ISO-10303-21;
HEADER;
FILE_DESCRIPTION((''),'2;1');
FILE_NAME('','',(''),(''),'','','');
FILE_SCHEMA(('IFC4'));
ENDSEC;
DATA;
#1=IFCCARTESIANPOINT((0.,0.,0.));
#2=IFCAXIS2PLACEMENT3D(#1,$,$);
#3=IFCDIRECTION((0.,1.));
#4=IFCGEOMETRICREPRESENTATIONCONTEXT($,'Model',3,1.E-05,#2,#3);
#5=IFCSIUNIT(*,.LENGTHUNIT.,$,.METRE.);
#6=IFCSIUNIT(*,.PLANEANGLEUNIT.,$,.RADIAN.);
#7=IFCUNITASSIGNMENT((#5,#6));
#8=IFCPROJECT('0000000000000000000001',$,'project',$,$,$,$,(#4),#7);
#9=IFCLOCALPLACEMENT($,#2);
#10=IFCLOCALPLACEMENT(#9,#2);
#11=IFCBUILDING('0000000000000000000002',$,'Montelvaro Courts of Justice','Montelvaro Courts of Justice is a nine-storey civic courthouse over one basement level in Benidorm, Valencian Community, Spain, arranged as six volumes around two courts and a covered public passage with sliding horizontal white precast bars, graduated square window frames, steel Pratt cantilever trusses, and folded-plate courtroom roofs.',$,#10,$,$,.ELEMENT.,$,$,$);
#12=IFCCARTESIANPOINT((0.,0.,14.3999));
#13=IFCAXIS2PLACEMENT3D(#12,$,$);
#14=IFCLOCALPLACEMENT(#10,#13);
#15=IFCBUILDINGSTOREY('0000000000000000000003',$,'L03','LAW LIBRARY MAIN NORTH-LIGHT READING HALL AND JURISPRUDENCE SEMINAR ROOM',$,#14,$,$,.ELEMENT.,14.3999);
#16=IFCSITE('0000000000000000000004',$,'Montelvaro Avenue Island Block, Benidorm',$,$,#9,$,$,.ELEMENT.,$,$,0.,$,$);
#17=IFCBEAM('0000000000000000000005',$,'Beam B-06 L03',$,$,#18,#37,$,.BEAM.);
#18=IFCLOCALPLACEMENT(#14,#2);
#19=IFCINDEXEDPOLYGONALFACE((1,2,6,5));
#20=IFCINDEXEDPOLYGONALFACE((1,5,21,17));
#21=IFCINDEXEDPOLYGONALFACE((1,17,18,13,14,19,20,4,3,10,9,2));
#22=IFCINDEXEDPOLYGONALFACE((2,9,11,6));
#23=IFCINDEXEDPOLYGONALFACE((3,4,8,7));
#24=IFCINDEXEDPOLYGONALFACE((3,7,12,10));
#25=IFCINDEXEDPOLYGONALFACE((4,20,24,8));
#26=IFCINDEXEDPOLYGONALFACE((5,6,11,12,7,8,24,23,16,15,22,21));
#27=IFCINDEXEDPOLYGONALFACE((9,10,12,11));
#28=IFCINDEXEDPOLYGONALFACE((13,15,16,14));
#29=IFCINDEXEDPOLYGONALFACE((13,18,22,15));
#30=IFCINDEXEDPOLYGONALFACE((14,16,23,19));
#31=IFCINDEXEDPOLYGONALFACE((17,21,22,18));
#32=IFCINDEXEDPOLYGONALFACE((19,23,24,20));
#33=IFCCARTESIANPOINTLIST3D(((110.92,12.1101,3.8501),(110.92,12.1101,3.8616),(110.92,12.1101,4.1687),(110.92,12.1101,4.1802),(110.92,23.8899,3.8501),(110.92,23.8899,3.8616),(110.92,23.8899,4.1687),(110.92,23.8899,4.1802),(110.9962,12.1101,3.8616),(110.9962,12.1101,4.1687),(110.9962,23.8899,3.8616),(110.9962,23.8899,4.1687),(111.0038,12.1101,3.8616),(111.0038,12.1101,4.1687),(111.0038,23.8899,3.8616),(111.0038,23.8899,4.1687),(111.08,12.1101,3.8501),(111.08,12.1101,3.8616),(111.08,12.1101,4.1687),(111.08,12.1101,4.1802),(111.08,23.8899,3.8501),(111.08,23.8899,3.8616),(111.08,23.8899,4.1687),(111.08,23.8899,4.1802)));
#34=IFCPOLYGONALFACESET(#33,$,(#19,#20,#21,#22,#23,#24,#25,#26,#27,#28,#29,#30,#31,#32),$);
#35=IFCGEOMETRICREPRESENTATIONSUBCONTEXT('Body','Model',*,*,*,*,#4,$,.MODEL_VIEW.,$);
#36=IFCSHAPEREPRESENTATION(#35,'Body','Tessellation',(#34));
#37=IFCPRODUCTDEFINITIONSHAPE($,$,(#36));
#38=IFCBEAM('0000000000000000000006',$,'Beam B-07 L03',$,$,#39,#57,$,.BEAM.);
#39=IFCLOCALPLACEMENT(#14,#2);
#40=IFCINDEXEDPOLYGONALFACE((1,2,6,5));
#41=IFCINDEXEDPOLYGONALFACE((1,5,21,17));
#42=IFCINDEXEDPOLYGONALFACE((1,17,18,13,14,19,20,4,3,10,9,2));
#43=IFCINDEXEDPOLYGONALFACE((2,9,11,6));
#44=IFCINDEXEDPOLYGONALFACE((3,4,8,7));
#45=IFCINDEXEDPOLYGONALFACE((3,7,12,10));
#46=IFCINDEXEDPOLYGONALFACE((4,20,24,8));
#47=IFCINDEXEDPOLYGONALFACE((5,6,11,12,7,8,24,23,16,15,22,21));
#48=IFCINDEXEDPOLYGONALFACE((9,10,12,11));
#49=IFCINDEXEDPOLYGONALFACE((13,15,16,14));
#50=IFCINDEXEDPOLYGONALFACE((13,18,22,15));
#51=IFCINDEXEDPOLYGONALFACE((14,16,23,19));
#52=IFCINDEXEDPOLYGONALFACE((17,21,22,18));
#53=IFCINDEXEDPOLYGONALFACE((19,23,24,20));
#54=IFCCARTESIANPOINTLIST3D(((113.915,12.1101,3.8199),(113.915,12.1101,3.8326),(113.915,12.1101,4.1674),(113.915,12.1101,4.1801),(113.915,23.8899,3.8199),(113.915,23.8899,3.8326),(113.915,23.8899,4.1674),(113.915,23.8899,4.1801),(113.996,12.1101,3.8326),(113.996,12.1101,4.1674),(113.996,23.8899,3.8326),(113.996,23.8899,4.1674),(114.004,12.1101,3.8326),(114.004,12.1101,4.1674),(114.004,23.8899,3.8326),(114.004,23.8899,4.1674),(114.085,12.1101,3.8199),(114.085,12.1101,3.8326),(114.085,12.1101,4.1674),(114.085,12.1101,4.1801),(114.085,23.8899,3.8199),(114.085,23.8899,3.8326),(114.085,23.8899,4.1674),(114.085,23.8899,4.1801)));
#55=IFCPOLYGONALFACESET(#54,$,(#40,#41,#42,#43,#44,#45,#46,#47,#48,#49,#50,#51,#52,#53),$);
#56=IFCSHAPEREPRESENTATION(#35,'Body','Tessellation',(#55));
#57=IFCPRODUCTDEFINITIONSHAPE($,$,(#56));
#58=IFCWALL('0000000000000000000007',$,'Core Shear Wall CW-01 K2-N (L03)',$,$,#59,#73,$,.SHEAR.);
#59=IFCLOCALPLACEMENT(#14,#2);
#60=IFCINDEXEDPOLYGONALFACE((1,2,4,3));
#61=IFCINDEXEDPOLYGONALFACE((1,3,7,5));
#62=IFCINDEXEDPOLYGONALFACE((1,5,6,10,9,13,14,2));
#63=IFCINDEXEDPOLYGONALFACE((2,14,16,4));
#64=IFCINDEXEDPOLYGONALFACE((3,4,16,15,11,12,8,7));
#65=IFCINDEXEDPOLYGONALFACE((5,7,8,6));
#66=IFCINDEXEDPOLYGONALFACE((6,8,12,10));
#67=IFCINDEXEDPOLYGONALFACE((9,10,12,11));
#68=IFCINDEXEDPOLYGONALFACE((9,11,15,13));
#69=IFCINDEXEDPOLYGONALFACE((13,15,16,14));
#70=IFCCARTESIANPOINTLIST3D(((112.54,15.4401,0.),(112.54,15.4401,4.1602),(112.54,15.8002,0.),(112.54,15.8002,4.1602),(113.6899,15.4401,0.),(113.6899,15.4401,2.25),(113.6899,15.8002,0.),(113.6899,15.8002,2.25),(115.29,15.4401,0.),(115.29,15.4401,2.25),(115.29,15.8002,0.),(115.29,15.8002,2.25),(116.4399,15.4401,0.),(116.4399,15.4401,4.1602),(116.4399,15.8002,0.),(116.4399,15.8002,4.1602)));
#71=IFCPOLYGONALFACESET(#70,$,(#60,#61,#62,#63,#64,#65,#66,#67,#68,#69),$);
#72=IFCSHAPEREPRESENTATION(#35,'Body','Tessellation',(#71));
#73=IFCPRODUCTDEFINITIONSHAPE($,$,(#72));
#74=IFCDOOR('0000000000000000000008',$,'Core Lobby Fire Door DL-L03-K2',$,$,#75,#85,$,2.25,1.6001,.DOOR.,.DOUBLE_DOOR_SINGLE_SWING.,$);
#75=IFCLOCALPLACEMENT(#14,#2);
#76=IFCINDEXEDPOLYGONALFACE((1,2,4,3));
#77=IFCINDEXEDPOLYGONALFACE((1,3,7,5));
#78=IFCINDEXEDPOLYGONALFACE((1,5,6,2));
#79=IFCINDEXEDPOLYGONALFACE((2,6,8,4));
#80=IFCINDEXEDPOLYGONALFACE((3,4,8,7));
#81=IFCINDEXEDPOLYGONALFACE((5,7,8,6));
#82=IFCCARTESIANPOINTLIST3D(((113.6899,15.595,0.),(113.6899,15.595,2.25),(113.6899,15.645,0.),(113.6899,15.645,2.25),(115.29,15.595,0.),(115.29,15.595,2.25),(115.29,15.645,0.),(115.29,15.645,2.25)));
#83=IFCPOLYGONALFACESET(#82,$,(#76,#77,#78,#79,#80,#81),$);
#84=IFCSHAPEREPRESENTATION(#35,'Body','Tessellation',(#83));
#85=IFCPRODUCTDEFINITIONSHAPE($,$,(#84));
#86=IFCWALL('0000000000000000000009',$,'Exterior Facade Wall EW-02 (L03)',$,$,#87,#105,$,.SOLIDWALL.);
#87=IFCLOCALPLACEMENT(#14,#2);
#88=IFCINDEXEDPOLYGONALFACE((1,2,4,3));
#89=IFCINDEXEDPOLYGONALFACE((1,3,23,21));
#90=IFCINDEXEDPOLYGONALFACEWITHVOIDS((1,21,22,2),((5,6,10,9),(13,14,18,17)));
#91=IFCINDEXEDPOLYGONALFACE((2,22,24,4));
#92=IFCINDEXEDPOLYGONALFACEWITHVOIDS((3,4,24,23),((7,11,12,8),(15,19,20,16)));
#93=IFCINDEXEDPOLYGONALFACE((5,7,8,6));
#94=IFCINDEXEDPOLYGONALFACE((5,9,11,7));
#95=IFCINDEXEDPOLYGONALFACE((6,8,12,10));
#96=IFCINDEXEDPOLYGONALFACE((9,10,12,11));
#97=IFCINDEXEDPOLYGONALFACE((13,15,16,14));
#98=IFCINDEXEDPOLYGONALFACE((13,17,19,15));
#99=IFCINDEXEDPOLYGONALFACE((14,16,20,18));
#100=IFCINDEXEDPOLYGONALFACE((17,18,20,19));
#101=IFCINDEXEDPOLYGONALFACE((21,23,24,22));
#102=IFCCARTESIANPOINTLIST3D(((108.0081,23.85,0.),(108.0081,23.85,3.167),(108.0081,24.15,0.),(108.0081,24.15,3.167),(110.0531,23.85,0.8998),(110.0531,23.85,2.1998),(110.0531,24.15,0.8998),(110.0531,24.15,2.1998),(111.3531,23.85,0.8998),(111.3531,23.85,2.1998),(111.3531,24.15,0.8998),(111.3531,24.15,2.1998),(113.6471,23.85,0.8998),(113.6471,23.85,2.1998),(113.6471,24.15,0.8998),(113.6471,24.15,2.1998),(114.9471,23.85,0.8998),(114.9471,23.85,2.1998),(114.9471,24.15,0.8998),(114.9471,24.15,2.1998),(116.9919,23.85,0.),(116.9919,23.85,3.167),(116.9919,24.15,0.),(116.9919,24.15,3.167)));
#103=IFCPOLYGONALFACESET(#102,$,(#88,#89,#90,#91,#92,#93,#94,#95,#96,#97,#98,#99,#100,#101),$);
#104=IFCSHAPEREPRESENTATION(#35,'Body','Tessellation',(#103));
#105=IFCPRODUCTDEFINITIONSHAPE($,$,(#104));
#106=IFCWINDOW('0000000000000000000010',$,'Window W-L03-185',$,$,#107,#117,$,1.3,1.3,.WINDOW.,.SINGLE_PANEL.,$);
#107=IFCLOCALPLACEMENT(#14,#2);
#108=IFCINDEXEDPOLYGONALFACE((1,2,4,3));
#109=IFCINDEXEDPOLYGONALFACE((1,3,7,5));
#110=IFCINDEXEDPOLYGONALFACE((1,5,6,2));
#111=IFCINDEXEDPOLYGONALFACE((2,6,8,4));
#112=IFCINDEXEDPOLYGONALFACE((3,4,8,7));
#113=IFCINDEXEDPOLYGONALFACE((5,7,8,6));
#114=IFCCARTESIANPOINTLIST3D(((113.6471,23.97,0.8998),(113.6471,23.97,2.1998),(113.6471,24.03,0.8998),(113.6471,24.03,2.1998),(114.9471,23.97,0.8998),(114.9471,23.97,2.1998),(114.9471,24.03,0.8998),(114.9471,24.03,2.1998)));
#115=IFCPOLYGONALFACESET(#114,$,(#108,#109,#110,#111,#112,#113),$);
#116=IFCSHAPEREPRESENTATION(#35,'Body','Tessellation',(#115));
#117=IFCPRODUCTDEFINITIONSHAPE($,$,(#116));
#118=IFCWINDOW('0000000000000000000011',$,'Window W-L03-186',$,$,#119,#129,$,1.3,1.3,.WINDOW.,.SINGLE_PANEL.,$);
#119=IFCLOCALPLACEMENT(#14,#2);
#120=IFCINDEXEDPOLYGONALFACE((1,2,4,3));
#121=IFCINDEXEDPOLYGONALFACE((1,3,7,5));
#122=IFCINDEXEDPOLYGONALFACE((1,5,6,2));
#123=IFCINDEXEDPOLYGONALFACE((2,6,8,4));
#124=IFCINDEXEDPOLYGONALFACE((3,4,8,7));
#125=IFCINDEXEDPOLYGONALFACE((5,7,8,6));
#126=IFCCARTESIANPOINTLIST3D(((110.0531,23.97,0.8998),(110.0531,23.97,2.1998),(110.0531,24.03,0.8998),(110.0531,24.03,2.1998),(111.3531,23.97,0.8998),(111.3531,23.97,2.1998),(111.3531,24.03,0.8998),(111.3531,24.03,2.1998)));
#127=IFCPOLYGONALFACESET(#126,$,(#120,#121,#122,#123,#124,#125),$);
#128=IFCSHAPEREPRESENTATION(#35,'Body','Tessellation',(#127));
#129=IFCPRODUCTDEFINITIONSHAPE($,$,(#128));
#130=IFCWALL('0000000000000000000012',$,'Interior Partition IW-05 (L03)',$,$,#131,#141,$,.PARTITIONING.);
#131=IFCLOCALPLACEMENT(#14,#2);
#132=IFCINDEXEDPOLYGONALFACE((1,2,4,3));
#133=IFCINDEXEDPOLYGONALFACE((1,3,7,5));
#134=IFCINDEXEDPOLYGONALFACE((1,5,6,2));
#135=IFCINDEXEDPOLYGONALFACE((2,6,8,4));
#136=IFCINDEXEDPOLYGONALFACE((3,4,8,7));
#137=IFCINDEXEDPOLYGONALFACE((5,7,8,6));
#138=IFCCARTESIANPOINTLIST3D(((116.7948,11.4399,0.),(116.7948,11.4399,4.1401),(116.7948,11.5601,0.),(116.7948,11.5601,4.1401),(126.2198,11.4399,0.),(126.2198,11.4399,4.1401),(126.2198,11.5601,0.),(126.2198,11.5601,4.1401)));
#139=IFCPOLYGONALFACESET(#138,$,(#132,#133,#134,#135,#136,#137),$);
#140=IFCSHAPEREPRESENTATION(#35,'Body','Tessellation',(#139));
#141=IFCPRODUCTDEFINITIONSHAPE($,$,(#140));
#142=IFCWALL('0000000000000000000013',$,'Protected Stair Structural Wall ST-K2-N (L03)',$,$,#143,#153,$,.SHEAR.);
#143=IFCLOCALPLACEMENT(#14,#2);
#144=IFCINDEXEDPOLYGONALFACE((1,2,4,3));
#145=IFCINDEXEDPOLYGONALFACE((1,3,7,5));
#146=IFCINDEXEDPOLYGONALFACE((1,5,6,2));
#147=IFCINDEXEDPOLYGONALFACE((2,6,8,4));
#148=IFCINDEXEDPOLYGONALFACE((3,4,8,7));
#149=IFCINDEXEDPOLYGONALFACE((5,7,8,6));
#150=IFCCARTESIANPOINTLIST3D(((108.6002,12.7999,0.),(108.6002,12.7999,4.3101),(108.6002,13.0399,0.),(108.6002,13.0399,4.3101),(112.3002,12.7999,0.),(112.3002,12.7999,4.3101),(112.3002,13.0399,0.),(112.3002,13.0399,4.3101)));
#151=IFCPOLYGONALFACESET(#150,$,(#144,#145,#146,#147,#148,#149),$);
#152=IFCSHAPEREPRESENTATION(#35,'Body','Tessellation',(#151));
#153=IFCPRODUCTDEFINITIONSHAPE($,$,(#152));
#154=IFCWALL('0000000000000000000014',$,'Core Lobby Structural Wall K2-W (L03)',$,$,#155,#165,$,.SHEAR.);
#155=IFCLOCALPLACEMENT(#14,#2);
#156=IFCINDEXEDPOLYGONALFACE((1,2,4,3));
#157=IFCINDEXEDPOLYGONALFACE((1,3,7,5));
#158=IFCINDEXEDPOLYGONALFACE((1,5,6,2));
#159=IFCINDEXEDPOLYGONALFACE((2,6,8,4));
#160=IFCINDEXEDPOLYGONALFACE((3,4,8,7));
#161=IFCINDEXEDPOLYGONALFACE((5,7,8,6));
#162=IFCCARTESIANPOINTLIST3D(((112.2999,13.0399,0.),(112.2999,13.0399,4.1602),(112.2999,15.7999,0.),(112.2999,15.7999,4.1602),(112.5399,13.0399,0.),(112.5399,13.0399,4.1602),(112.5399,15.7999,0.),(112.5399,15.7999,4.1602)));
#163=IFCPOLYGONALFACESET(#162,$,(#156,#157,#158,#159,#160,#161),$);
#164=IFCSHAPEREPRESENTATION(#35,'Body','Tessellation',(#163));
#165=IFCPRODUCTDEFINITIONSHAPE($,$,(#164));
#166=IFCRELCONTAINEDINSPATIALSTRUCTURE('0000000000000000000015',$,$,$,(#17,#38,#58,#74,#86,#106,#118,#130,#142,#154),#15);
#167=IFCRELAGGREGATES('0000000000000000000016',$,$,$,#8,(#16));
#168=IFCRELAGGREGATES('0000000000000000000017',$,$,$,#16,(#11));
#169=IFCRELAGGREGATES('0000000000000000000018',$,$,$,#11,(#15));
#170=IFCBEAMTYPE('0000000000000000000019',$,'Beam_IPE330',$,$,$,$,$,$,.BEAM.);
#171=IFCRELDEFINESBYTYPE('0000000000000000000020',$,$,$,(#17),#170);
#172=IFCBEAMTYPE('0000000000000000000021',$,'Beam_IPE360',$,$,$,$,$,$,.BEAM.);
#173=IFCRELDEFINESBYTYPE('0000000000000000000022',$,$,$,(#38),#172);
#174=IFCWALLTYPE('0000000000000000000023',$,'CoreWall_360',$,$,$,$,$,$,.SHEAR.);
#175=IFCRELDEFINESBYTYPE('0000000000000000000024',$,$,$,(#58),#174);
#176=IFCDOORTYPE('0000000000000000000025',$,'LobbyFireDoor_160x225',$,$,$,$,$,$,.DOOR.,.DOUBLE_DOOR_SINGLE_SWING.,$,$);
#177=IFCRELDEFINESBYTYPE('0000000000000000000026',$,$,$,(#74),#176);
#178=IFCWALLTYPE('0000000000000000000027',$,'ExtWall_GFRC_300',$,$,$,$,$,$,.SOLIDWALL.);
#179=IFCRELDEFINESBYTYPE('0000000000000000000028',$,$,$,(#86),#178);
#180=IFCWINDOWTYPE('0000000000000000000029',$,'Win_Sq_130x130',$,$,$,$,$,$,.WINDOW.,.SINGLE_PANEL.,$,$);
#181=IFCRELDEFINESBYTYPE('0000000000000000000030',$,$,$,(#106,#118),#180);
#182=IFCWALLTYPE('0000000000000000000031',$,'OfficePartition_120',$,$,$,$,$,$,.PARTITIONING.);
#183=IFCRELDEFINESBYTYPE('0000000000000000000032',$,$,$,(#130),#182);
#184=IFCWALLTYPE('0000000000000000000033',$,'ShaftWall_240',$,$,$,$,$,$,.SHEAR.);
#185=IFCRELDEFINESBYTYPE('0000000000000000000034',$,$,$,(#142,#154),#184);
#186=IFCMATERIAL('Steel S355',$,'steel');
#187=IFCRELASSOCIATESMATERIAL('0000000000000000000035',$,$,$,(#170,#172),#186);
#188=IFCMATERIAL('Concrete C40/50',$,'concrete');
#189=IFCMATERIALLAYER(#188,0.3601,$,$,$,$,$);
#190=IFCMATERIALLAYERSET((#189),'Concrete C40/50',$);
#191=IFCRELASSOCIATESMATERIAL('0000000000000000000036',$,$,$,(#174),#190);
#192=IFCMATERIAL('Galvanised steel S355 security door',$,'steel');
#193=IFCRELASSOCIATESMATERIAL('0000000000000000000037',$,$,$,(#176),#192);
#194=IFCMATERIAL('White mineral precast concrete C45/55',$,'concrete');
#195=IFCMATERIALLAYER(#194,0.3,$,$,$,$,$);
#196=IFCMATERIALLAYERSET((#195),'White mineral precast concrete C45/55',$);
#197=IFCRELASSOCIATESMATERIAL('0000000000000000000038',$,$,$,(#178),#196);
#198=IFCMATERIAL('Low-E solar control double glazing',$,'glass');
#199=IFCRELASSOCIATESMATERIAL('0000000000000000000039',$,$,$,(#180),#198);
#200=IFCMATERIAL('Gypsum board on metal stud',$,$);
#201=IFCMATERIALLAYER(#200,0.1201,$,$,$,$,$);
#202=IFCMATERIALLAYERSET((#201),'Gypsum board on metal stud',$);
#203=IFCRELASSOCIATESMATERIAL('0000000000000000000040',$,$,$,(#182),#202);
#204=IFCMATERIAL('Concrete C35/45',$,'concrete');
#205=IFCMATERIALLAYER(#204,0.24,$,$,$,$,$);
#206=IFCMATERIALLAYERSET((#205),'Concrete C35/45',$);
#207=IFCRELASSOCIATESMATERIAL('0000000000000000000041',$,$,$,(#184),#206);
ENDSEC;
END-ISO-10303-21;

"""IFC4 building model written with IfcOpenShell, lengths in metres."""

from ifc_helpers import new_model, si_unit, direction, frame, frame_2d, origin, origin_2d, place, context, subcontext, project, spatial, rectangle, i_section, extrude, material, layer, layer_set, material_profile, profile_set, type_object, element, fill, save


model = new_model("IFC4")

# Units and contexts
model_context = context("Model", 3, precision=1e-05, world=origin(), true_north=direction((0.0, 1.0)))
body_context = subcontext(model_context, "Body", "Model", "MODEL_VIEW")
ifc_project = project(units=[si_unit("LENGTHUNIT", "METRE"), si_unit("PLANEANGLEUNIT", "RADIAN")], contexts=[model_context])

# Site, building, storey
site_placement = place(None, origin())
site = spatial("IfcSite", under=ifc_project, at=site_placement, Name="Montelvaro Avenue Island Block, Benidorm", CompositionType="ELEMENT", RefElevation=0.0)
building_placement = place(site_placement, origin())
building = spatial("IfcBuilding", under=site, at=building_placement, Name="Montelvaro Courts of Justice", Description="Montelvaro Courts of Justice is a nine-storey civic courthouse over one basement level in Benidorm, Valencian Community, Spain, arranged as six volumes around two courts and a covered public passage with sliding horizontal white precast bars, graduated square window frames, steel Pratt cantilever trusses, and folded-plate courtroom roofs.", CompositionType="ELEMENT")
storey_placement = place(building_placement, frame((0.0, 0.0, 14.3999)))
storey = spatial("IfcBuildingStorey", under=building, at=storey_placement, Name="L03", Description="LAW LIBRARY MAIN NORTH-LIGHT READING HALL AND JURISPRUDENCE SEMINAR ROOM", CompositionType="ELEMENT", Elevation=14.3999)

# Beams
ifc_material_1 = material(Name="Steel S355", Category="steel")
ifc_material_profile_1 = material_profile(ifc_material_1, i_section(OverallWidth=0.1599, OverallDepth=0.3301, WebThickness=0.0076, FlangeThickness=0.0115, at=origin_2d()), Name="IPE 330")
ifc_profile_set_1 = profile_set([ifc_material_profile_1], Name="Steel S355")
beam_type_1 = type_object("IfcBeamType", Name="Beam_IPE330", PredefinedType="BEAM", material=ifc_profile_set_1)
beam_1_placement = place(storey_placement, frame((111.0, 12.1101, 4.0151), z_axis=(0.0, 1.0, 0.0), x_axis=(-1.0, 0.0, 0.0)))
element("IfcBeam", 1, at=beam_1_placement, inside=storey, type_object=beam_type_1, Name="Beam B-06 L03", PredefinedType="BEAM", context=body_context, shape_type="SweptSolid", body=[
    extrude(i_section(OverallWidth=0.1599, OverallDepth=0.3301, WebThickness=0.0076, FlangeThickness=0.0115, at=origin_2d()), origin(), (0.0, 0.0, 1.0), 11.7798),
])
ifc_material_profile_2 = material_profile(ifc_material_1, i_section(OverallWidth=0.1699, OverallDepth=0.3601, WebThickness=0.0081, FlangeThickness=0.0127, at=origin_2d()), Name="IPE 360")
ifc_profile_set_2 = profile_set([ifc_material_profile_2], Name="Steel S355")
beam_type_2 = type_object("IfcBeamType", Name="Beam_IPE360", PredefinedType="BEAM", material=ifc_profile_set_2)
beam_2_placement = place(storey_placement, frame((114.0, 12.1101, 4.0), z_axis=(0.0, 1.0, 0.0), x_axis=(-1.0, 0.0, 0.0)))
element("IfcBeam", 2, at=beam_2_placement, inside=storey, type_object=beam_type_2, Name="Beam B-07 L03", PredefinedType="BEAM", context=body_context, shape_type="SweptSolid", body=[
    extrude(i_section(OverallWidth=0.1699, OverallDepth=0.3601, WebThickness=0.0081, FlangeThickness=0.0127, at=origin_2d()), origin(), (0.0, 0.0, 1.0), 11.7798),
])

# Wall, opening, door
ifc_material_2 = material(Name="Concrete C40/50", Category="concrete")
ifc_layer_1 = layer(ifc_material_2, 0.3601)
ifc_layer_set_1 = layer_set([ifc_layer_1], Name="Concrete C40/50")
wall_type_1 = type_object("IfcWallType", Name="CoreWall_360", PredefinedType="SHEAR", material=ifc_layer_set_1)
wall_1_placement = place(storey_placement, frame((112.54, 15.6201, 0.0), z_axis=(0.0, 0.0, 1.0), x_axis=(1.0, 0.0, 0.0)))
wall_1 = element("IfcWall", 3, at=wall_1_placement, inside=storey, type_object=wall_type_1, Name="Core Shear Wall CW-01 K2-N (L03)", PredefinedType="SHEAR", context=body_context, shape_type="SweptSolid", body=[
    extrude(rectangle(XDim=3.8999, YDim=0.3601, at=frame_2d((1.95, 0.0))), origin(), (0.0, 0.0, 1.0), 4.1602),
])
opening_1_placement = place(wall_1_placement, frame((1.1499, 0.0, 0.0)))
opening_1 = element("IfcOpeningElement", 4, at=opening_1_placement, cuts=wall_1, PredefinedType="OPENING", context=body_context, shape_type="SweptSolid", body=[
    extrude(rectangle(XDim=1.6001, YDim=2.25, at=frame_2d((0.8, 1.125))), frame((0.0, 0.1948, 0.0), z_axis=(0.0, -1.0, 0.0), x_axis=(1.0, 0.0, 0.0)), (0.0, 0.0, 1.0), 0.3899),
])
ifc_material_3 = material(Name="Galvanised steel S355 security door", Category="steel")
door_type_1 = type_object("IfcDoorType", Name="LobbyFireDoor_160x225", OperationType="DOUBLE_DOOR_SINGLE_SWING", PredefinedType="DOOR", material=ifc_material_3)
door_1_placement = place(opening_1_placement, origin())
door_1 = element("IfcDoor", 5, at=door_1_placement, inside=storey, type_object=door_type_1, Name="Core Lobby Fire Door DL-L03-K2", OperationType="DOUBLE_DOOR_SINGLE_SWING", OverallHeight=2.25, OverallWidth=1.6001, PredefinedType="DOOR", context=body_context, shape_type="SweptSolid", body=[
    extrude(rectangle(XDim=1.6001, YDim=2.25, at=frame_2d((0.8, 1.125))), frame((0.0, 0.0249, 0.0), z_axis=(0.0, -1.0, 0.0), x_axis=(1.0, 0.0, 0.0)), (0.0, 0.0, 1.0), 0.05),
])
fill(opening_1, door_1)

# Wall, openings, windows
ifc_material_4 = material(Name="White mineral precast concrete C45/55", Category="concrete")
ifc_layer_2 = layer(ifc_material_4, 0.3)
ifc_layer_set_2 = layer_set([ifc_layer_2], Name="White mineral precast concrete C45/55")
wall_type_2 = type_object("IfcWallType", Name="ExtWall_GFRC_300", PredefinedType="SOLIDWALL", material=ifc_layer_set_2)
wall_2_placement = place(storey_placement, frame((116.9919, 24.0, 0.0), z_axis=(0.0, 0.0, 1.0), x_axis=(-1.0, 0.0, 0.0)))
wall_2 = element("IfcWall", 6, at=wall_2_placement, inside=storey, type_object=wall_type_2, Name="Exterior Facade Wall EW-02 (L03)", PredefinedType="SOLIDWALL", context=body_context, shape_type="SweptSolid", body=[
    extrude(rectangle(XDim=8.9839, YDim=0.3, at=frame_2d((4.4919, 0.0))), origin(), (0.0, 0.0, 1.0), 3.167),
])
opening_2_placement = place(wall_2_placement, frame((2.0449, 0.0, 0.8999)))
opening_2 = element("IfcOpeningElement", 7, at=opening_2_placement, cuts=wall_2, PredefinedType="OPENING", context=body_context, shape_type="SweptSolid", body=[
    extrude(rectangle(XDim=1.3, YDim=1.3, at=frame_2d((0.6499, 0.6499))), frame((0.0, 0.165, 0.0), z_axis=(0.0, -1.0, 0.0), x_axis=(1.0, 0.0, 0.0)), (0.0, 0.0, 1.0), 0.3298),
])
opening_3_placement = place(wall_2_placement, frame((5.6389, 0.0, 0.8999)))
opening_3 = element("IfcOpeningElement", 8, at=opening_3_placement, cuts=wall_2, PredefinedType="OPENING", context=body_context, shape_type="SweptSolid", body=[
    extrude(rectangle(XDim=1.3, YDim=1.3, at=frame_2d((0.6499, 0.6499))), frame((0.0, 0.165, 0.0), z_axis=(0.0, -1.0, 0.0), x_axis=(1.0, 0.0, 0.0)), (0.0, 0.0, 1.0), 0.3298),
])
ifc_material_5 = material(Name="Low-E solar control double glazing", Category="glass")
window_type = type_object("IfcWindowType", Name="Win_Sq_130x130", PartitioningType="SINGLE_PANEL", PredefinedType="WINDOW", material=ifc_material_5)
window_1_placement = place(opening_2_placement, origin())
window_1 = element("IfcWindow", 9, at=window_1_placement, inside=storey, type_object=window_type, Name="Window W-L03-185", OverallHeight=1.3, OverallWidth=1.3, PartitioningType="SINGLE_PANEL", PredefinedType="WINDOW", context=body_context, shape_type="SweptSolid", body=[
    extrude(rectangle(XDim=1.3, YDim=1.3, at=frame_2d((0.6499, 0.6499))), frame((0.0, 0.03, 0.0), z_axis=(0.0, -1.0, 0.0), x_axis=(1.0, 0.0, 0.0)), (0.0, 0.0, 1.0), 0.0601),
])
fill(opening_2, window_1)
window_2_placement = place(opening_3_placement, origin())
window_2 = element("IfcWindow", 10, at=window_2_placement, inside=storey, type_object=window_type, Name="Window W-L03-186", OverallHeight=1.3, OverallWidth=1.3, PartitioningType="SINGLE_PANEL", PredefinedType="WINDOW", context=body_context, shape_type="SweptSolid", body=[
    extrude(rectangle(XDim=1.3, YDim=1.3, at=frame_2d((0.6499, 0.6499))), frame((0.0, 0.03, 0.0), z_axis=(0.0, -1.0, 0.0), x_axis=(1.0, 0.0, 0.0)), (0.0, 0.0, 1.0), 0.0601),
])
fill(opening_3, window_2)

# Walls
ifc_material_6 = material(Name="Gypsum board on metal stud")
ifc_layer_3 = layer(ifc_material_6, 0.1201)
ifc_layer_set_3 = layer_set([ifc_layer_3], Name="Gypsum board on metal stud")
wall_type_3 = type_object("IfcWallType", Name="OfficePartition_120", PredefinedType="PARTITIONING", material=ifc_layer_set_3)
wall_3_placement = place(storey_placement, frame((116.7949, 11.5, 0.0), z_axis=(0.0, 0.0, 1.0), x_axis=(1.0, 0.0, 0.0)))
element("IfcWall", 11, at=wall_3_placement, inside=storey, type_object=wall_type_3, Name="Interior Partition IW-05 (L03)", PredefinedType="PARTITIONING", context=body_context, shape_type="SweptSolid", body=[
    extrude(rectangle(XDim=9.425, YDim=0.1201, at=frame_2d((4.7124, 0.0))), origin(), (0.0, 0.0, 1.0), 4.1401),
])
ifc_material_7 = material(Name="Concrete C35/45", Category="concrete")
ifc_layer_4 = layer(ifc_material_7, 0.24)
ifc_layer_set_4 = layer_set([ifc_layer_4], Name="Concrete C35/45")
wall_type_4 = type_object("IfcWallType", Name="ShaftWall_240", PredefinedType="SHEAR", material=ifc_layer_set_4)
wall_4_placement = place(storey_placement, frame((108.6001, 12.9199, 0.0), z_axis=(0.0, 0.0, 1.0), x_axis=(1.0, 0.0, 0.0)))
element("IfcWall", 12, at=wall_4_placement, inside=storey, type_object=wall_type_4, Name="Protected Stair Structural Wall ST-K2-N (L03)", PredefinedType="SHEAR", context=body_context, shape_type="SweptSolid", body=[
    extrude(rectangle(XDim=3.7, YDim=0.24, at=frame_2d((1.8501, 0.0))), origin(), (0.0, 0.0, 1.0), 4.3101),
])
wall_5_placement = place(storey_placement, frame((112.4199, 13.04, 0.0), z_axis=(0.0, 0.0, 1.0), x_axis=(0.0, 1.0, 0.0)))
element("IfcWall", 13, at=wall_5_placement, inside=storey, type_object=wall_type_4, Name="Core Lobby Structural Wall K2-W (L03)", PredefinedType="SHEAR", context=body_context, shape_type="SweptSolid", body=[
    extrude(rectangle(XDim=2.76, YDim=0.24, at=frame_2d((1.3799, 0.0))), origin(), (0.0, 0.0, 1.0), 4.1602),
])

save(model, "model.ifc")
